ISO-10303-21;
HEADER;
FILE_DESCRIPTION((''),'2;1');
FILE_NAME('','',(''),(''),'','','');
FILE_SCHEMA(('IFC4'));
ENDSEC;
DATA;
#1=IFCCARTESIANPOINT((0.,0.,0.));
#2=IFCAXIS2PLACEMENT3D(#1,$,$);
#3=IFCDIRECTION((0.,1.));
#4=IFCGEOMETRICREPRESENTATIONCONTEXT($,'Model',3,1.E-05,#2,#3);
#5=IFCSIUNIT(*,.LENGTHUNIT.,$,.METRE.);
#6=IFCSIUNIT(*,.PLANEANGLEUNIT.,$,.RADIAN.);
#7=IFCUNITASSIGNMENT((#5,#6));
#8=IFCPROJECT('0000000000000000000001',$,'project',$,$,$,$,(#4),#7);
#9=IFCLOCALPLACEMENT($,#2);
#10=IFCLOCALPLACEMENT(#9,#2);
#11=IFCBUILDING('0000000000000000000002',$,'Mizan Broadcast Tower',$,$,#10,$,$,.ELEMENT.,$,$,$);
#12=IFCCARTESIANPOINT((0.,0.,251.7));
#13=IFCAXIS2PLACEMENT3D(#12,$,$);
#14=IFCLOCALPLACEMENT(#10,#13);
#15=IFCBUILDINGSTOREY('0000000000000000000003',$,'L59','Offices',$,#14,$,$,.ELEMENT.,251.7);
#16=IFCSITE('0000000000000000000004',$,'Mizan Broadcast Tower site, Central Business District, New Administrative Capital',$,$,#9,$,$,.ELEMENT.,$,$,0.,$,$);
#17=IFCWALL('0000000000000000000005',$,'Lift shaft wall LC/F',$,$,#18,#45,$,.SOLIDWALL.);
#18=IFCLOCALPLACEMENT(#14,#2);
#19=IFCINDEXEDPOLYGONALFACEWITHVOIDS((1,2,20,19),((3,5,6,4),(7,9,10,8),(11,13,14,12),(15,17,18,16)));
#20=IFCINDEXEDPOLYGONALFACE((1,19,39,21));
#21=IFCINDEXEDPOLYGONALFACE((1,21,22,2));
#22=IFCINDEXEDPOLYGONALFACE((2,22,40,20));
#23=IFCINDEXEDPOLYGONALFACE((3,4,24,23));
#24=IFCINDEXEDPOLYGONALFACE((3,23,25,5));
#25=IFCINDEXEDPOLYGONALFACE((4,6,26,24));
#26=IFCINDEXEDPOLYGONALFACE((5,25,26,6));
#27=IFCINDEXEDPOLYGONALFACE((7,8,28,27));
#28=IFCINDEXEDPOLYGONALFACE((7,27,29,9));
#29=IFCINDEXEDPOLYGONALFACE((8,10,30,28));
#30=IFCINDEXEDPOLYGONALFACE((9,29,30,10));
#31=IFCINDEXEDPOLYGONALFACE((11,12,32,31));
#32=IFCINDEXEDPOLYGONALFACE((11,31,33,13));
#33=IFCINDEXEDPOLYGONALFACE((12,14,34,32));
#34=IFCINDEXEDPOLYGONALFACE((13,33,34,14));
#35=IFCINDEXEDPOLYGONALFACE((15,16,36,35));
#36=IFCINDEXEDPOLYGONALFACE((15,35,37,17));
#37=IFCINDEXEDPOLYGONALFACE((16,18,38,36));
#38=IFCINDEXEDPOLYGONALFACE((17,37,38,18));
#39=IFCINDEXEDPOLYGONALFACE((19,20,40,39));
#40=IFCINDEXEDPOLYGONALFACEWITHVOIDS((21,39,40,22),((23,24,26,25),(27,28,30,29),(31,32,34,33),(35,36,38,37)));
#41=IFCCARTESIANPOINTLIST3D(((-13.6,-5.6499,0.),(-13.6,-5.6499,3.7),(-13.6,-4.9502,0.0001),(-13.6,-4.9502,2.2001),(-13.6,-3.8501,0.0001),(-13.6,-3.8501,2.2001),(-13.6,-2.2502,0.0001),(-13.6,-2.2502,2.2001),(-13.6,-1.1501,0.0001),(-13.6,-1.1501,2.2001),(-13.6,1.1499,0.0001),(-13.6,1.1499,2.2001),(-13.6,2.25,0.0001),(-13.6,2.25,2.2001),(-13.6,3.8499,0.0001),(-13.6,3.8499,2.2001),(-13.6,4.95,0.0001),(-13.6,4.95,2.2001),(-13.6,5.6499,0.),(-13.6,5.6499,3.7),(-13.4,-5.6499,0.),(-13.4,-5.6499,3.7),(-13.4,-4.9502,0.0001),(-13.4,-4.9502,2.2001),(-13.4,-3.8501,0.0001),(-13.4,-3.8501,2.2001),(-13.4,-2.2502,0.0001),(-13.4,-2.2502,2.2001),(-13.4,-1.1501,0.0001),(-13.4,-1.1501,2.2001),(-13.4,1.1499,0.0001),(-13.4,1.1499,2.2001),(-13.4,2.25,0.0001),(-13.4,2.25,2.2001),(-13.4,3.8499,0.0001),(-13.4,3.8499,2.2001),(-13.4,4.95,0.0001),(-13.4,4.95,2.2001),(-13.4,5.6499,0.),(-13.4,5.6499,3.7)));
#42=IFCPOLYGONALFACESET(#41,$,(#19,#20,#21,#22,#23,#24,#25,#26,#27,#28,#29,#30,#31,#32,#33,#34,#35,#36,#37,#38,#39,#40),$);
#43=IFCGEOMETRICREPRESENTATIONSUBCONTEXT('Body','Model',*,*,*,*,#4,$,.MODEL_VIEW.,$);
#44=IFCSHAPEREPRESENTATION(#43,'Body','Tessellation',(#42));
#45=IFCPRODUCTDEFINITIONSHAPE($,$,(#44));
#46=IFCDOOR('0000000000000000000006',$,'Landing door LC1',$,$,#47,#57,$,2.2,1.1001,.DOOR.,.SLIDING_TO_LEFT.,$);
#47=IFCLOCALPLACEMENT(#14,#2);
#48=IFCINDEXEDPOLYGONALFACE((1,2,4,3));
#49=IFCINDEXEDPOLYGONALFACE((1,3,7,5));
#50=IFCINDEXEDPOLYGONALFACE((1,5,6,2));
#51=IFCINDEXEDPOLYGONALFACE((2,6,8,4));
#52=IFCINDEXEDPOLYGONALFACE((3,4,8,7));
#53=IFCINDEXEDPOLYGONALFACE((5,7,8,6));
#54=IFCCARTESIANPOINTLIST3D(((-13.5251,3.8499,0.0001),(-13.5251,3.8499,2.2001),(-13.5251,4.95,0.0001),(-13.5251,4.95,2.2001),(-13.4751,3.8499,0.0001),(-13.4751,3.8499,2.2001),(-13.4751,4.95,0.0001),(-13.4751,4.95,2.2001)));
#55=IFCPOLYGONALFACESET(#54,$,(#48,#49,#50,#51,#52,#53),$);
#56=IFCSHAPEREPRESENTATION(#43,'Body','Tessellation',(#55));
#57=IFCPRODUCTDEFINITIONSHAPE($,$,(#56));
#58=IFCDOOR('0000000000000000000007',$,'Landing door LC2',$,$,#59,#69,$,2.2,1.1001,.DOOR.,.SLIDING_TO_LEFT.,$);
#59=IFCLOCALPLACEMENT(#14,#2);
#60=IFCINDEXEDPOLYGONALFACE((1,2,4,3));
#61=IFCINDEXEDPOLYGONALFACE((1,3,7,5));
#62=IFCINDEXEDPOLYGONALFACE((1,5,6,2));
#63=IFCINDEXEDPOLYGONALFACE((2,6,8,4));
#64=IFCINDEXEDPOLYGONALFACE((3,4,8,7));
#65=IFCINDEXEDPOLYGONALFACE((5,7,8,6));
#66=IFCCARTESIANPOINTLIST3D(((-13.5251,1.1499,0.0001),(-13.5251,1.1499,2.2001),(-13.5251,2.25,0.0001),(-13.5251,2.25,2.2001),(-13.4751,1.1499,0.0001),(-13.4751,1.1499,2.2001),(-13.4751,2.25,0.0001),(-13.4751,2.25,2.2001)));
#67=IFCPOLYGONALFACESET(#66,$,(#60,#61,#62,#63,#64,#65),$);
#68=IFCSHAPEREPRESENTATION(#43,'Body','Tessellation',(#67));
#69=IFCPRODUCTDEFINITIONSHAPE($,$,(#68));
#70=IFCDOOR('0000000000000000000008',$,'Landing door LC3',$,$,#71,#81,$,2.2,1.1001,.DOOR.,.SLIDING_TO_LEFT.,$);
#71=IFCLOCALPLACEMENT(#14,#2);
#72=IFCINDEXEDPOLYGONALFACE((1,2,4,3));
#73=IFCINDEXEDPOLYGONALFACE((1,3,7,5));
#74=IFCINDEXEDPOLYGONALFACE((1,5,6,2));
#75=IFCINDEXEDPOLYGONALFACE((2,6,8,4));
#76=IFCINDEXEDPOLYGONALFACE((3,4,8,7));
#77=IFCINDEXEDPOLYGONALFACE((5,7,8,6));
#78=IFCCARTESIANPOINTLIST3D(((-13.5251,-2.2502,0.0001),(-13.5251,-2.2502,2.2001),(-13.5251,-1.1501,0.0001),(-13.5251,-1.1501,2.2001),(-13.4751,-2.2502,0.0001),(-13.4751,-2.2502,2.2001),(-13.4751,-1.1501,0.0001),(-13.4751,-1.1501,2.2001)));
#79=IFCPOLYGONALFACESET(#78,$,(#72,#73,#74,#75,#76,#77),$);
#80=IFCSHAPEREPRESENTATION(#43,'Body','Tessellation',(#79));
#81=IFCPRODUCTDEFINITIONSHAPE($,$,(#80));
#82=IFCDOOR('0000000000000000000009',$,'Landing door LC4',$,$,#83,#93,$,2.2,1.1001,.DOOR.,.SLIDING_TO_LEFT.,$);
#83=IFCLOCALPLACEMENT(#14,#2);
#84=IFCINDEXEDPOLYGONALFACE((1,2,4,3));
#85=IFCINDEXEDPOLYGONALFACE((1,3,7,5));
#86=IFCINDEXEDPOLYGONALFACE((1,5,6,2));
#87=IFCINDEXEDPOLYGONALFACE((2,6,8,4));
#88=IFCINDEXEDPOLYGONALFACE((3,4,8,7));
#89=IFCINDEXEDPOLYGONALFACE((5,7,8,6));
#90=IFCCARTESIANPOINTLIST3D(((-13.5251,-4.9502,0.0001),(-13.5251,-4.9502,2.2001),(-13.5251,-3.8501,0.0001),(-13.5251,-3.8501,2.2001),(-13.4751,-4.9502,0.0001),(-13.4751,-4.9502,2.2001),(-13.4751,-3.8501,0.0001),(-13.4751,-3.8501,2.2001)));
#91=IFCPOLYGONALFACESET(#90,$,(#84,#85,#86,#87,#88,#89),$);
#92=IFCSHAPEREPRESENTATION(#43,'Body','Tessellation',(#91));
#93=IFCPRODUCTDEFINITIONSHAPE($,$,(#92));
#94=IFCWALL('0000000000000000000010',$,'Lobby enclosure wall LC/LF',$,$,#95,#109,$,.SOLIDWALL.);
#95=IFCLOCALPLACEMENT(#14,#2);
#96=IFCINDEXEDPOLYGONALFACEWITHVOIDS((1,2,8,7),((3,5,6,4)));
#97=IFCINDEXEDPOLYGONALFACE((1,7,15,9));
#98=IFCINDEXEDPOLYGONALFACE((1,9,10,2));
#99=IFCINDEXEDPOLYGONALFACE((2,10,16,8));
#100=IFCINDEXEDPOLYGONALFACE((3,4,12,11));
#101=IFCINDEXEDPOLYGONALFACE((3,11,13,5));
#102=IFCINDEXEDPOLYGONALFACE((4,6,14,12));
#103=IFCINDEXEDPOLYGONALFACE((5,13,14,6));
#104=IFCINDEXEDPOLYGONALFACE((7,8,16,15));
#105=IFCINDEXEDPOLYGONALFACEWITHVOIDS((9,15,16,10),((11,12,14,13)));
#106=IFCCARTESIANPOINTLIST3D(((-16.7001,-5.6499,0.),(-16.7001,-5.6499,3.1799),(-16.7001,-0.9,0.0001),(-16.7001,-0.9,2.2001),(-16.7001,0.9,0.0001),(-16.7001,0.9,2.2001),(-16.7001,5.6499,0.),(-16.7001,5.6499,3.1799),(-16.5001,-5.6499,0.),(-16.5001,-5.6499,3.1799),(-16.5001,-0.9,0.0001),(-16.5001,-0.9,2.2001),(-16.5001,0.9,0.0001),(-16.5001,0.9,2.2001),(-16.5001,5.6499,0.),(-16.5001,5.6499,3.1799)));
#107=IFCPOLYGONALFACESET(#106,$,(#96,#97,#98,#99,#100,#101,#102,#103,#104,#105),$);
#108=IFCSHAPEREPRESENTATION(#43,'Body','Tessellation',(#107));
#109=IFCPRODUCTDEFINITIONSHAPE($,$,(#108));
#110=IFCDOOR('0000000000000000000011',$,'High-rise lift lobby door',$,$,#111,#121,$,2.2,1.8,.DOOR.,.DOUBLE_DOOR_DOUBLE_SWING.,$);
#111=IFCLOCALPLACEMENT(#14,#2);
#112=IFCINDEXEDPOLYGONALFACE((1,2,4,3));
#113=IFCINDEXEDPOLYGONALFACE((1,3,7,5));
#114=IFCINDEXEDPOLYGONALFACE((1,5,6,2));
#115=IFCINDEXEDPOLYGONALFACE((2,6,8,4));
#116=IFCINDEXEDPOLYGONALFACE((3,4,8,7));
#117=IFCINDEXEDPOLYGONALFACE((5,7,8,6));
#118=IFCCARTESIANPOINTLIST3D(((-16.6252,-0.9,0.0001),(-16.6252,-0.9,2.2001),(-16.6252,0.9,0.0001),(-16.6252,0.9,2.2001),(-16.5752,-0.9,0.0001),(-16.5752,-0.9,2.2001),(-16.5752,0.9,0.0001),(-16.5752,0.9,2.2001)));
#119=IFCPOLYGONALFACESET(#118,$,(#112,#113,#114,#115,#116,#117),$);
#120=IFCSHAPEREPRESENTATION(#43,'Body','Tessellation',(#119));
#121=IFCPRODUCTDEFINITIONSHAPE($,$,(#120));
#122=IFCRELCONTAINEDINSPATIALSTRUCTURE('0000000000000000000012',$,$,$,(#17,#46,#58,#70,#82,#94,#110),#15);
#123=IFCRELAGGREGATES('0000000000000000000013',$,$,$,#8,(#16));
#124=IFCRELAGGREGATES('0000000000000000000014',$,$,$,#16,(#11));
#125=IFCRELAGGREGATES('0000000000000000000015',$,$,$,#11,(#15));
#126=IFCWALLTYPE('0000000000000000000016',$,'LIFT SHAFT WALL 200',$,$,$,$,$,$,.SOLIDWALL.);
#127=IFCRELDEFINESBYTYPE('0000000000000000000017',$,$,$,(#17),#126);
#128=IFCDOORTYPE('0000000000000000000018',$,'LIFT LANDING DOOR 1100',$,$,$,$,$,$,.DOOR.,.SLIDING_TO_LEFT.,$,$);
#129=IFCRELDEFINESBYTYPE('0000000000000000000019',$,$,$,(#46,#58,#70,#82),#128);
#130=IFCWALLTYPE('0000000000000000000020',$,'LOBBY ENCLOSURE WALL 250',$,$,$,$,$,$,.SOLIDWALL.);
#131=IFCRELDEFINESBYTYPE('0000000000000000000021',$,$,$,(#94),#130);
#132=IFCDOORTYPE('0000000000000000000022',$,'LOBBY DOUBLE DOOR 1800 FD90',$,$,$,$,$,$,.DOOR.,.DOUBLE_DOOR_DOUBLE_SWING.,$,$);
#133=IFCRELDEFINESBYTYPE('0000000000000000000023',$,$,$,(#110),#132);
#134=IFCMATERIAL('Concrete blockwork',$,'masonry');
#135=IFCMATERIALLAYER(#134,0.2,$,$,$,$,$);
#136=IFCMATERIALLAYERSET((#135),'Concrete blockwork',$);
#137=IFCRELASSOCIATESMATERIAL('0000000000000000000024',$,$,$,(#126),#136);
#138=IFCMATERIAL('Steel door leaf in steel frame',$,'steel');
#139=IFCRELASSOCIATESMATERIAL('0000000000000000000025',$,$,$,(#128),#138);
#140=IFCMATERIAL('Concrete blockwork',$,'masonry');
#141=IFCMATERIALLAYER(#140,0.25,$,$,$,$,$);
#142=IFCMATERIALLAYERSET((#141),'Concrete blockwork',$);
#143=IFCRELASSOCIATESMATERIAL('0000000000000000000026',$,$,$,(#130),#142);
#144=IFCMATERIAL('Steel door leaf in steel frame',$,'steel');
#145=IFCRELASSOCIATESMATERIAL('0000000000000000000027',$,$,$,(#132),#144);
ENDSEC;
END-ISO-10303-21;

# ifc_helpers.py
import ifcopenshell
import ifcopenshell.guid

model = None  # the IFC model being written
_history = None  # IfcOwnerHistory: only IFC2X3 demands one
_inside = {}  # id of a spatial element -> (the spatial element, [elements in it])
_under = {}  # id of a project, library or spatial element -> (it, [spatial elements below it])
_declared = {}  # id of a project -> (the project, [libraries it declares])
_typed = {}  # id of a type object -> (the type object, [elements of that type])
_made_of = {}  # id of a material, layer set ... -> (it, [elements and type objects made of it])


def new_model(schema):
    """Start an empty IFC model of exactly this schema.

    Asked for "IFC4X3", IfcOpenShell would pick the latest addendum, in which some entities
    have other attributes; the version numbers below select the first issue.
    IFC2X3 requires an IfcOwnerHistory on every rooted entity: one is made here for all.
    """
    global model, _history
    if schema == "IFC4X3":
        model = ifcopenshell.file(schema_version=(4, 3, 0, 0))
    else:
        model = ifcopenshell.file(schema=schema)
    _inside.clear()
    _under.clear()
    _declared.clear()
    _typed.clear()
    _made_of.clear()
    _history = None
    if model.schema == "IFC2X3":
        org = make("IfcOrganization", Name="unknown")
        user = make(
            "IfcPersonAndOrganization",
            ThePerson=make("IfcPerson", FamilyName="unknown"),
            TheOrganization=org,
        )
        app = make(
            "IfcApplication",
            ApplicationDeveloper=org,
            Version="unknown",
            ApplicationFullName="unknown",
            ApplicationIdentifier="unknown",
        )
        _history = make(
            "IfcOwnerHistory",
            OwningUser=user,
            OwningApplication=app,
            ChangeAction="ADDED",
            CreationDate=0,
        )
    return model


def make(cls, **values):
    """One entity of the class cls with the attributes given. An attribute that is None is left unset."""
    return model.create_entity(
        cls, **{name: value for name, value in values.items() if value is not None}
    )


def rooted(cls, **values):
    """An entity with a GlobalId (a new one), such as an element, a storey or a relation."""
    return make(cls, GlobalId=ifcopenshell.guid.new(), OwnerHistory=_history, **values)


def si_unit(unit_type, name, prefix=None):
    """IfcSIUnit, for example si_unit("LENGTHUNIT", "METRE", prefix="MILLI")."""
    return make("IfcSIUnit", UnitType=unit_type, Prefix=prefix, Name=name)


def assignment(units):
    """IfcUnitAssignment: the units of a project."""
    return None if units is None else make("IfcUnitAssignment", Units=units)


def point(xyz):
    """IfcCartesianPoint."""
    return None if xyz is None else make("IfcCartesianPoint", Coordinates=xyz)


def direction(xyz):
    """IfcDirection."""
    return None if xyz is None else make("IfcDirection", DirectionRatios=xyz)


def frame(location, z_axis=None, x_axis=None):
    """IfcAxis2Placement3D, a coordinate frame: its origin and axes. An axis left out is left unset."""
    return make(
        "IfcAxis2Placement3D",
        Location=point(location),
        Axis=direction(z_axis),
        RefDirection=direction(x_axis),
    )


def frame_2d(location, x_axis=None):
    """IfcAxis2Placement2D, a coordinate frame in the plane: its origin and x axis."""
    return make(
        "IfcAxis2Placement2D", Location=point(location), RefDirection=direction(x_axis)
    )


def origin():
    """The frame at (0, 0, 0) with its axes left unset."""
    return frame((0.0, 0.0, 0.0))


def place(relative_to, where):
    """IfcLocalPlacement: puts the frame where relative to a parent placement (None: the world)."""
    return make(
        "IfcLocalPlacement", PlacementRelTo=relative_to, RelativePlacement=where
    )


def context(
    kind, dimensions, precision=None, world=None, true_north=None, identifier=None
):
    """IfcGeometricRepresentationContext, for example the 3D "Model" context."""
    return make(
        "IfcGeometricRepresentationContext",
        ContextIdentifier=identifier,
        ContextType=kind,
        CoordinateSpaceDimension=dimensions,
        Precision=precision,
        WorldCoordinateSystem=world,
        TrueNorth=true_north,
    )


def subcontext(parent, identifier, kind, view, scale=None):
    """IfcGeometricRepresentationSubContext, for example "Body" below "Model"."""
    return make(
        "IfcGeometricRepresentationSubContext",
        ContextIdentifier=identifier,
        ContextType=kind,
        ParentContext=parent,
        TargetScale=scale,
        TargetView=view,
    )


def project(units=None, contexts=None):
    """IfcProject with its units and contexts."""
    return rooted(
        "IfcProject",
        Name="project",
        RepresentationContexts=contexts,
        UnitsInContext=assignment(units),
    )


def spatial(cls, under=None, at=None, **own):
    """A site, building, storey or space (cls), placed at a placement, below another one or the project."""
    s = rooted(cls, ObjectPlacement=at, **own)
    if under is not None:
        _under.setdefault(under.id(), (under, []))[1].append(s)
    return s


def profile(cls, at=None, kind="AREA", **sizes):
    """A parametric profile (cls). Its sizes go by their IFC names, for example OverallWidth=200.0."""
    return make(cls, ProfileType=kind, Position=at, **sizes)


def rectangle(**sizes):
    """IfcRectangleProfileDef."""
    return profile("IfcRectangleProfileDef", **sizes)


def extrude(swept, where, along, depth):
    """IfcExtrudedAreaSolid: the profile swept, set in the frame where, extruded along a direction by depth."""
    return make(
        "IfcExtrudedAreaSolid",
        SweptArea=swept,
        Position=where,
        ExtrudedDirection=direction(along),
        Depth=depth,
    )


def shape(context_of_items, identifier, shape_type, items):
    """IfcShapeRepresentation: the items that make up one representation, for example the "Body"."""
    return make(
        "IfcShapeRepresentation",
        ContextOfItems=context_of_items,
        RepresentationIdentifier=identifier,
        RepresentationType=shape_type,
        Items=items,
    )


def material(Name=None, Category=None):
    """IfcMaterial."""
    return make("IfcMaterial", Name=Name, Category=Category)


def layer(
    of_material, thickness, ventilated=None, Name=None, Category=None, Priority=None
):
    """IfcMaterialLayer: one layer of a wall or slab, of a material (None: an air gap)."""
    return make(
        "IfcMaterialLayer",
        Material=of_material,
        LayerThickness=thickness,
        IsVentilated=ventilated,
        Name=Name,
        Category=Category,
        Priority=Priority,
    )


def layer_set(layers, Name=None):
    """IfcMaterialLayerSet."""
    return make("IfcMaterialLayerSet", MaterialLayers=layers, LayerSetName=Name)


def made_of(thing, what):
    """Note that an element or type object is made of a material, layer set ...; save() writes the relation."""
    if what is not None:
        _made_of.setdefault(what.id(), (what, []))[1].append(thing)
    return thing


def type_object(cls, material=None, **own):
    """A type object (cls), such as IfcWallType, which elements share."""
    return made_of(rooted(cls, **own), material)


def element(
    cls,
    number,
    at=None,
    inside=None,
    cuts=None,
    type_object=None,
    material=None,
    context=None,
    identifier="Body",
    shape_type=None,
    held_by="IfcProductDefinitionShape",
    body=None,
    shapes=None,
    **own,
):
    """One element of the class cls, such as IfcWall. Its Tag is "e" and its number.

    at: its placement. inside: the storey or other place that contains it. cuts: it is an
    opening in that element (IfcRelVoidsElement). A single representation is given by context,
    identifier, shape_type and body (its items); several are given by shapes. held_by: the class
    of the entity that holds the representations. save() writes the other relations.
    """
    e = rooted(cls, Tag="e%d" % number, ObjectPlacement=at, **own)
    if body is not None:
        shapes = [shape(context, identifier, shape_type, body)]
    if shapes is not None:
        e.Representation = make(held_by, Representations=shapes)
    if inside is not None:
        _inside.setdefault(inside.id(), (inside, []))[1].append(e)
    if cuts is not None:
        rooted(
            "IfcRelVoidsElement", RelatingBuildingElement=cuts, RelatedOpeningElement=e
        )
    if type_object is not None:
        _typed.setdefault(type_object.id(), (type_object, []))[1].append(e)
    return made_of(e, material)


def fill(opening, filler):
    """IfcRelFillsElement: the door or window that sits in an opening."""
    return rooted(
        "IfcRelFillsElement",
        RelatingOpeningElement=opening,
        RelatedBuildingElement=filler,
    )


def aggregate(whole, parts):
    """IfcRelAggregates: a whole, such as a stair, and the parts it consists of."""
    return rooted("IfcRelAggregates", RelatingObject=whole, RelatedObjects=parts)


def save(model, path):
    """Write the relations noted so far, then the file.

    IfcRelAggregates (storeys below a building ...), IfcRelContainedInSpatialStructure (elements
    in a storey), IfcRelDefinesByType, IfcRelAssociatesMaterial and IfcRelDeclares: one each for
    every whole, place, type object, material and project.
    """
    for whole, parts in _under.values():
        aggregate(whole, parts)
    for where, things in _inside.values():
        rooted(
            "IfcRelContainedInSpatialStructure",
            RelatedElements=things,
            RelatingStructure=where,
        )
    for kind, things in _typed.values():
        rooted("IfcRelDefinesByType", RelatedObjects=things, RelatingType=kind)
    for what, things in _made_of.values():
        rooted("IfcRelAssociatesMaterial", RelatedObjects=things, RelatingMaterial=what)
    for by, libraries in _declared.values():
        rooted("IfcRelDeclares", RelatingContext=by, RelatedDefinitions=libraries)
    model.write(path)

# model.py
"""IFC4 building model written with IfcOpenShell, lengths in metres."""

from ifc_helpers import new_model, si_unit, direction, frame, frame_2d, origin, place, context, subcontext, project, spatial, rectangle, extrude, material, layer, layer_set, type_object, element, fill, save


model = new_model("IFC4")

# Units and contexts
model_context = context("Model", 3, precision=1e-05, world=origin(), true_north=direction((0.0, 1.0)))
body_context = subcontext(model_context, "Body", "Model", "MODEL_VIEW")
ifc_project = project(units=[si_unit("LENGTHUNIT", "METRE"), si_unit("PLANEANGLEUNIT", "RADIAN")], contexts=[model_context])

# Site, building, storey
site_placement = place(None, origin())
site = spatial("IfcSite", under=ifc_project, at=site_placement, Name="Mizan Broadcast Tower site, Central Business District, New Administrative Capital", CompositionType="ELEMENT", RefElevation=0.0)
building_placement = place(site_placement, origin())
building = spatial("IfcBuilding", under=site, at=building_placement, Name="Mizan Broadcast Tower", CompositionType="ELEMENT")
storey_placement = place(building_placement, frame((0.0, 0.0, 251.7)))
storey = spatial("IfcBuildingStorey", under=building, at=storey_placement, Name="L59", Description="Offices", CompositionType="ELEMENT", Elevation=251.7)

# Wall, openings, doors
ifc_material_1 = material(Name="Concrete blockwork", Category="masonry")
ifc_layer_1 = layer(ifc_material_1, 0.2)
ifc_layer_set_1 = layer_set([ifc_layer_1], Name="Concrete blockwork")
wall_type_1 = type_object("IfcWallType", Name="LIFT SHAFT WALL 200", PredefinedType="SOLIDWALL", material=ifc_layer_set_1)
wall_1_placement = place(storey_placement, frame((-13.5, 5.6499, 0.0), z_axis=(0.0, 0.0, 1.0), x_axis=(0.0, -1.0, 0.0)))
wall_1 = element("IfcWall", 1, at=wall_1_placement, inside=storey, type_object=wall_type_1, Name="Lift shaft wall LC/F", PredefinedType="SOLIDWALL", context=body_context, shape_type="SweptSolid", body=[
    extrude(rectangle(XDim=11.2998, YDim=0.2, at=frame_2d((5.6499, 0.0))), origin(), (0.0, 0.0, 1.0), 3.7),
])
opening_1_placement = place(wall_1_placement, frame((0.7, 0.0, 0.0)))
opening_1 = element("IfcOpeningElement", 2, at=opening_1_placement, cuts=wall_1, PredefinedType="OPENING", context=body_context, shape_type="SweptSolid", body=[
    extrude(rectangle(XDim=1.1001, YDim=2.2, at=frame_2d((0.55, 1.1001))), frame((0.0, 0.1099, 0.0), z_axis=(0.0, -1.0, 0.0), x_axis=(1.0, 0.0, 0.0)), (0.0, 0.0, 1.0), 0.22),
])
opening_2_placement = place(wall_1_placement, frame((3.3999, 0.0, 0.0)))
opening_2 = element("IfcOpeningElement", 3, at=opening_2_placement, cuts=wall_1, PredefinedType="OPENING", context=body_context, shape_type="SweptSolid", body=[
    extrude(rectangle(XDim=1.1001, YDim=2.2, at=frame_2d((0.55, 1.1001))), frame((0.0, 0.1099, 0.0), z_axis=(0.0, -1.0, 0.0), x_axis=(1.0, 0.0, 0.0)), (0.0, 0.0, 1.0), 0.22),
])
opening_3_placement = place(wall_1_placement, frame((6.8, 0.0, 0.0)))
opening_3 = element("IfcOpeningElement", 4, at=opening_3_placement, cuts=wall_1, PredefinedType="OPENING", context=body_context, shape_type="SweptSolid", body=[
    extrude(rectangle(XDim=1.1001, YDim=2.2, at=frame_2d((0.55, 1.1001))), frame((0.0, 0.1099, 0.0), z_axis=(0.0, -1.0, 0.0), x_axis=(1.0, 0.0, 0.0)), (0.0, 0.0, 1.0), 0.22),
])
opening_4_placement = place(wall_1_placement, frame((9.5, 0.0, 0.0)))
opening_4 = element("IfcOpeningElement", 5, at=opening_4_placement, cuts=wall_1, PredefinedType="OPENING", context=body_context, shape_type="SweptSolid", body=[
    extrude(rectangle(XDim=1.1001, YDim=2.2, at=frame_2d((0.55, 1.1001))), frame((0.0, 0.1099, 0.0), z_axis=(0.0, -1.0, 0.0), x_axis=(1.0, 0.0, 0.0)), (0.0, 0.0, 1.0), 0.22),
])
ifc_material_2 = material(Name="Steel door leaf in steel frame", Category="steel")
door_type_1 = type_object("IfcDoorType", Name="LIFT LANDING DOOR 1100", OperationType="SLIDING_TO_LEFT", PredefinedType="DOOR", material=ifc_material_2)
door_1_placement = place(opening_1_placement, origin())
door_1 = element("IfcDoor", 6, at=door_1_placement, inside=storey, type_object=door_type_1, Name="Landing door LC1", OperationType="SLIDING_TO_LEFT", OverallHeight=2.2, OverallWidth=1.1001, PredefinedType="DOOR", context=body_context, shape_type="SweptSolid", body=[
    extrude(rectangle(XDim=1.1001, YDim=2.2, at=frame_2d((0.55, 1.1001))), frame((0.0, 0.0249, 0.0), z_axis=(0.0, -1.0, 0.0), x_axis=(1.0, 0.0, 0.0)), (0.0, 0.0, 1.0), 0.05),
])
fill(opening_1, door_1)
door_2_placement = place(opening_2_placement, origin())
door_2 = element("IfcDoor", 7, at=door_2_placement, inside=storey, type_object=door_type_1, Name="Landing door LC2", OperationType="SLIDING_TO_LEFT", OverallHeight=2.2, OverallWidth=1.1001, PredefinedType="DOOR", context=body_context, shape_type="SweptSolid", body=[
    extrude(rectangle(XDim=1.1001, YDim=2.2, at=frame_2d((0.55, 1.1001))), frame((0.0, 0.0249, 0.0), z_axis=(0.0, -1.0, 0.0), x_axis=(1.0, 0.0, 0.0)), (0.0, 0.0, 1.0), 0.05),
])
fill(opening_2, door_2)
door_3_placement = place(opening_3_placement, origin())
door_3 = element("IfcDoor", 8, at=door_3_placement, inside=storey, type_object=door_type_1, Name="Landing door LC3", OperationType="SLIDING_TO_LEFT", OverallHeight=2.2, OverallWidth=1.1001, PredefinedType="DOOR", context=body_context, shape_type="SweptSolid", body=[
    extrude(rectangle(XDim=1.1001, YDim=2.2, at=frame_2d((0.55, 1.1001))), frame((0.0, 0.0249, 0.0), z_axis=(0.0, -1.0, 0.0), x_axis=(1.0, 0.0, 0.0)), (0.0, 0.0, 1.0), 0.05),
])
fill(opening_3, door_3)
door_4_placement = place(opening_4_placement, origin())
door_4 = element("IfcDoor", 9, at=door_4_placement, inside=storey, type_object=door_type_1, Name="Landing door LC4", OperationType="SLIDING_TO_LEFT", OverallHeight=2.2, OverallWidth=1.1001, PredefinedType="DOOR", context=body_context, shape_type="SweptSolid", body=[
    extrude(rectangle(XDim=1.1001, YDim=2.2, at=frame_2d((0.55, 1.1001))), frame((0.0, 0.0249, 0.0), z_axis=(0.0, -1.0, 0.0), x_axis=(1.0, 0.0, 0.0)), (0.0, 0.0, 1.0), 0.05),
])
fill(opening_4, door_4)

# Wall, opening, door
ifc_material_3 = material(Name="Concrete blockwork", Category="masonry")
ifc_layer_2 = layer(ifc_material_3, 0.25)
ifc_layer_set_2 = layer_set([ifc_layer_2], Name="Concrete blockwork")
wall_type_2 = type_object("IfcWallType", Name="LOBBY ENCLOSURE WALL 250", PredefinedType="SOLIDWALL", material=ifc_layer_set_2)
wall_2_placement = place(storey_placement, frame((-16.6001, 5.6499, 0.0), z_axis=(0.0, 0.0, 1.0), x_axis=(0.0, -1.0, 0.0)))
wall_2 = element("IfcWall", 10, at=wall_2_placement, inside=storey, type_object=wall_type_2, Name="Lobby enclosure wall LC/LF", PredefinedType="SOLIDWALL", context=body_context, shape_type="SweptSolid", body=[
    extrude(rectangle(XDim=11.2998, YDim=0.2, at=frame_2d((5.6499, 0.0))), origin(), (0.0, 0.0, 1.0), 3.1799),
])
opening_5_placement = place(wall_2_placement, frame((4.75, 0.0, 0.0)))
opening_5 = element("IfcOpeningElement", 11, at=opening_5_placement, cuts=wall_2, PredefinedType="OPENING", context=body_context, shape_type="SweptSolid", body=[
    extrude(rectangle(XDim=1.8, YDim=2.2, at=frame_2d((0.8999, 1.1001))), frame((0.0, 0.1099, 0.0), z_axis=(0.0, -1.0, 0.0), x_axis=(1.0, 0.0, 0.0)), (0.0, 0.0, 1.0), 0.22),
])
ifc_material_4 = material(Name="Steel door leaf in steel frame", Category="steel")
door_type_2 = type_object("IfcDoorType", Name="LOBBY DOUBLE DOOR 1800 FD90", OperationType="DOUBLE_DOOR_DOUBLE_SWING", PredefinedType="DOOR", material=ifc_material_4)
door_5_placement = place(opening_5_placement, origin())
door_5 = element("IfcDoor", 12, at=door_5_placement, inside=storey, type_object=door_type_2, Name="High-rise lift lobby door", OperationType="DOUBLE_DOOR_DOUBLE_SWING", OverallHeight=2.2, OverallWidth=1.8, PredefinedType="DOOR", context=body_context, shape_type="SweptSolid", body=[
    extrude(rectangle(XDim=1.8, YDim=2.2, at=frame_2d((0.8999, 1.1001))), frame((0.0, 0.0249, 0.0), z_axis=(0.0, -1.0, 0.0), x_axis=(1.0, 0.0, 0.0)), (0.0, 0.0, 1.0), 0.05),
])
fill(opening_5, door_5)

save(model, "model.ifc")
